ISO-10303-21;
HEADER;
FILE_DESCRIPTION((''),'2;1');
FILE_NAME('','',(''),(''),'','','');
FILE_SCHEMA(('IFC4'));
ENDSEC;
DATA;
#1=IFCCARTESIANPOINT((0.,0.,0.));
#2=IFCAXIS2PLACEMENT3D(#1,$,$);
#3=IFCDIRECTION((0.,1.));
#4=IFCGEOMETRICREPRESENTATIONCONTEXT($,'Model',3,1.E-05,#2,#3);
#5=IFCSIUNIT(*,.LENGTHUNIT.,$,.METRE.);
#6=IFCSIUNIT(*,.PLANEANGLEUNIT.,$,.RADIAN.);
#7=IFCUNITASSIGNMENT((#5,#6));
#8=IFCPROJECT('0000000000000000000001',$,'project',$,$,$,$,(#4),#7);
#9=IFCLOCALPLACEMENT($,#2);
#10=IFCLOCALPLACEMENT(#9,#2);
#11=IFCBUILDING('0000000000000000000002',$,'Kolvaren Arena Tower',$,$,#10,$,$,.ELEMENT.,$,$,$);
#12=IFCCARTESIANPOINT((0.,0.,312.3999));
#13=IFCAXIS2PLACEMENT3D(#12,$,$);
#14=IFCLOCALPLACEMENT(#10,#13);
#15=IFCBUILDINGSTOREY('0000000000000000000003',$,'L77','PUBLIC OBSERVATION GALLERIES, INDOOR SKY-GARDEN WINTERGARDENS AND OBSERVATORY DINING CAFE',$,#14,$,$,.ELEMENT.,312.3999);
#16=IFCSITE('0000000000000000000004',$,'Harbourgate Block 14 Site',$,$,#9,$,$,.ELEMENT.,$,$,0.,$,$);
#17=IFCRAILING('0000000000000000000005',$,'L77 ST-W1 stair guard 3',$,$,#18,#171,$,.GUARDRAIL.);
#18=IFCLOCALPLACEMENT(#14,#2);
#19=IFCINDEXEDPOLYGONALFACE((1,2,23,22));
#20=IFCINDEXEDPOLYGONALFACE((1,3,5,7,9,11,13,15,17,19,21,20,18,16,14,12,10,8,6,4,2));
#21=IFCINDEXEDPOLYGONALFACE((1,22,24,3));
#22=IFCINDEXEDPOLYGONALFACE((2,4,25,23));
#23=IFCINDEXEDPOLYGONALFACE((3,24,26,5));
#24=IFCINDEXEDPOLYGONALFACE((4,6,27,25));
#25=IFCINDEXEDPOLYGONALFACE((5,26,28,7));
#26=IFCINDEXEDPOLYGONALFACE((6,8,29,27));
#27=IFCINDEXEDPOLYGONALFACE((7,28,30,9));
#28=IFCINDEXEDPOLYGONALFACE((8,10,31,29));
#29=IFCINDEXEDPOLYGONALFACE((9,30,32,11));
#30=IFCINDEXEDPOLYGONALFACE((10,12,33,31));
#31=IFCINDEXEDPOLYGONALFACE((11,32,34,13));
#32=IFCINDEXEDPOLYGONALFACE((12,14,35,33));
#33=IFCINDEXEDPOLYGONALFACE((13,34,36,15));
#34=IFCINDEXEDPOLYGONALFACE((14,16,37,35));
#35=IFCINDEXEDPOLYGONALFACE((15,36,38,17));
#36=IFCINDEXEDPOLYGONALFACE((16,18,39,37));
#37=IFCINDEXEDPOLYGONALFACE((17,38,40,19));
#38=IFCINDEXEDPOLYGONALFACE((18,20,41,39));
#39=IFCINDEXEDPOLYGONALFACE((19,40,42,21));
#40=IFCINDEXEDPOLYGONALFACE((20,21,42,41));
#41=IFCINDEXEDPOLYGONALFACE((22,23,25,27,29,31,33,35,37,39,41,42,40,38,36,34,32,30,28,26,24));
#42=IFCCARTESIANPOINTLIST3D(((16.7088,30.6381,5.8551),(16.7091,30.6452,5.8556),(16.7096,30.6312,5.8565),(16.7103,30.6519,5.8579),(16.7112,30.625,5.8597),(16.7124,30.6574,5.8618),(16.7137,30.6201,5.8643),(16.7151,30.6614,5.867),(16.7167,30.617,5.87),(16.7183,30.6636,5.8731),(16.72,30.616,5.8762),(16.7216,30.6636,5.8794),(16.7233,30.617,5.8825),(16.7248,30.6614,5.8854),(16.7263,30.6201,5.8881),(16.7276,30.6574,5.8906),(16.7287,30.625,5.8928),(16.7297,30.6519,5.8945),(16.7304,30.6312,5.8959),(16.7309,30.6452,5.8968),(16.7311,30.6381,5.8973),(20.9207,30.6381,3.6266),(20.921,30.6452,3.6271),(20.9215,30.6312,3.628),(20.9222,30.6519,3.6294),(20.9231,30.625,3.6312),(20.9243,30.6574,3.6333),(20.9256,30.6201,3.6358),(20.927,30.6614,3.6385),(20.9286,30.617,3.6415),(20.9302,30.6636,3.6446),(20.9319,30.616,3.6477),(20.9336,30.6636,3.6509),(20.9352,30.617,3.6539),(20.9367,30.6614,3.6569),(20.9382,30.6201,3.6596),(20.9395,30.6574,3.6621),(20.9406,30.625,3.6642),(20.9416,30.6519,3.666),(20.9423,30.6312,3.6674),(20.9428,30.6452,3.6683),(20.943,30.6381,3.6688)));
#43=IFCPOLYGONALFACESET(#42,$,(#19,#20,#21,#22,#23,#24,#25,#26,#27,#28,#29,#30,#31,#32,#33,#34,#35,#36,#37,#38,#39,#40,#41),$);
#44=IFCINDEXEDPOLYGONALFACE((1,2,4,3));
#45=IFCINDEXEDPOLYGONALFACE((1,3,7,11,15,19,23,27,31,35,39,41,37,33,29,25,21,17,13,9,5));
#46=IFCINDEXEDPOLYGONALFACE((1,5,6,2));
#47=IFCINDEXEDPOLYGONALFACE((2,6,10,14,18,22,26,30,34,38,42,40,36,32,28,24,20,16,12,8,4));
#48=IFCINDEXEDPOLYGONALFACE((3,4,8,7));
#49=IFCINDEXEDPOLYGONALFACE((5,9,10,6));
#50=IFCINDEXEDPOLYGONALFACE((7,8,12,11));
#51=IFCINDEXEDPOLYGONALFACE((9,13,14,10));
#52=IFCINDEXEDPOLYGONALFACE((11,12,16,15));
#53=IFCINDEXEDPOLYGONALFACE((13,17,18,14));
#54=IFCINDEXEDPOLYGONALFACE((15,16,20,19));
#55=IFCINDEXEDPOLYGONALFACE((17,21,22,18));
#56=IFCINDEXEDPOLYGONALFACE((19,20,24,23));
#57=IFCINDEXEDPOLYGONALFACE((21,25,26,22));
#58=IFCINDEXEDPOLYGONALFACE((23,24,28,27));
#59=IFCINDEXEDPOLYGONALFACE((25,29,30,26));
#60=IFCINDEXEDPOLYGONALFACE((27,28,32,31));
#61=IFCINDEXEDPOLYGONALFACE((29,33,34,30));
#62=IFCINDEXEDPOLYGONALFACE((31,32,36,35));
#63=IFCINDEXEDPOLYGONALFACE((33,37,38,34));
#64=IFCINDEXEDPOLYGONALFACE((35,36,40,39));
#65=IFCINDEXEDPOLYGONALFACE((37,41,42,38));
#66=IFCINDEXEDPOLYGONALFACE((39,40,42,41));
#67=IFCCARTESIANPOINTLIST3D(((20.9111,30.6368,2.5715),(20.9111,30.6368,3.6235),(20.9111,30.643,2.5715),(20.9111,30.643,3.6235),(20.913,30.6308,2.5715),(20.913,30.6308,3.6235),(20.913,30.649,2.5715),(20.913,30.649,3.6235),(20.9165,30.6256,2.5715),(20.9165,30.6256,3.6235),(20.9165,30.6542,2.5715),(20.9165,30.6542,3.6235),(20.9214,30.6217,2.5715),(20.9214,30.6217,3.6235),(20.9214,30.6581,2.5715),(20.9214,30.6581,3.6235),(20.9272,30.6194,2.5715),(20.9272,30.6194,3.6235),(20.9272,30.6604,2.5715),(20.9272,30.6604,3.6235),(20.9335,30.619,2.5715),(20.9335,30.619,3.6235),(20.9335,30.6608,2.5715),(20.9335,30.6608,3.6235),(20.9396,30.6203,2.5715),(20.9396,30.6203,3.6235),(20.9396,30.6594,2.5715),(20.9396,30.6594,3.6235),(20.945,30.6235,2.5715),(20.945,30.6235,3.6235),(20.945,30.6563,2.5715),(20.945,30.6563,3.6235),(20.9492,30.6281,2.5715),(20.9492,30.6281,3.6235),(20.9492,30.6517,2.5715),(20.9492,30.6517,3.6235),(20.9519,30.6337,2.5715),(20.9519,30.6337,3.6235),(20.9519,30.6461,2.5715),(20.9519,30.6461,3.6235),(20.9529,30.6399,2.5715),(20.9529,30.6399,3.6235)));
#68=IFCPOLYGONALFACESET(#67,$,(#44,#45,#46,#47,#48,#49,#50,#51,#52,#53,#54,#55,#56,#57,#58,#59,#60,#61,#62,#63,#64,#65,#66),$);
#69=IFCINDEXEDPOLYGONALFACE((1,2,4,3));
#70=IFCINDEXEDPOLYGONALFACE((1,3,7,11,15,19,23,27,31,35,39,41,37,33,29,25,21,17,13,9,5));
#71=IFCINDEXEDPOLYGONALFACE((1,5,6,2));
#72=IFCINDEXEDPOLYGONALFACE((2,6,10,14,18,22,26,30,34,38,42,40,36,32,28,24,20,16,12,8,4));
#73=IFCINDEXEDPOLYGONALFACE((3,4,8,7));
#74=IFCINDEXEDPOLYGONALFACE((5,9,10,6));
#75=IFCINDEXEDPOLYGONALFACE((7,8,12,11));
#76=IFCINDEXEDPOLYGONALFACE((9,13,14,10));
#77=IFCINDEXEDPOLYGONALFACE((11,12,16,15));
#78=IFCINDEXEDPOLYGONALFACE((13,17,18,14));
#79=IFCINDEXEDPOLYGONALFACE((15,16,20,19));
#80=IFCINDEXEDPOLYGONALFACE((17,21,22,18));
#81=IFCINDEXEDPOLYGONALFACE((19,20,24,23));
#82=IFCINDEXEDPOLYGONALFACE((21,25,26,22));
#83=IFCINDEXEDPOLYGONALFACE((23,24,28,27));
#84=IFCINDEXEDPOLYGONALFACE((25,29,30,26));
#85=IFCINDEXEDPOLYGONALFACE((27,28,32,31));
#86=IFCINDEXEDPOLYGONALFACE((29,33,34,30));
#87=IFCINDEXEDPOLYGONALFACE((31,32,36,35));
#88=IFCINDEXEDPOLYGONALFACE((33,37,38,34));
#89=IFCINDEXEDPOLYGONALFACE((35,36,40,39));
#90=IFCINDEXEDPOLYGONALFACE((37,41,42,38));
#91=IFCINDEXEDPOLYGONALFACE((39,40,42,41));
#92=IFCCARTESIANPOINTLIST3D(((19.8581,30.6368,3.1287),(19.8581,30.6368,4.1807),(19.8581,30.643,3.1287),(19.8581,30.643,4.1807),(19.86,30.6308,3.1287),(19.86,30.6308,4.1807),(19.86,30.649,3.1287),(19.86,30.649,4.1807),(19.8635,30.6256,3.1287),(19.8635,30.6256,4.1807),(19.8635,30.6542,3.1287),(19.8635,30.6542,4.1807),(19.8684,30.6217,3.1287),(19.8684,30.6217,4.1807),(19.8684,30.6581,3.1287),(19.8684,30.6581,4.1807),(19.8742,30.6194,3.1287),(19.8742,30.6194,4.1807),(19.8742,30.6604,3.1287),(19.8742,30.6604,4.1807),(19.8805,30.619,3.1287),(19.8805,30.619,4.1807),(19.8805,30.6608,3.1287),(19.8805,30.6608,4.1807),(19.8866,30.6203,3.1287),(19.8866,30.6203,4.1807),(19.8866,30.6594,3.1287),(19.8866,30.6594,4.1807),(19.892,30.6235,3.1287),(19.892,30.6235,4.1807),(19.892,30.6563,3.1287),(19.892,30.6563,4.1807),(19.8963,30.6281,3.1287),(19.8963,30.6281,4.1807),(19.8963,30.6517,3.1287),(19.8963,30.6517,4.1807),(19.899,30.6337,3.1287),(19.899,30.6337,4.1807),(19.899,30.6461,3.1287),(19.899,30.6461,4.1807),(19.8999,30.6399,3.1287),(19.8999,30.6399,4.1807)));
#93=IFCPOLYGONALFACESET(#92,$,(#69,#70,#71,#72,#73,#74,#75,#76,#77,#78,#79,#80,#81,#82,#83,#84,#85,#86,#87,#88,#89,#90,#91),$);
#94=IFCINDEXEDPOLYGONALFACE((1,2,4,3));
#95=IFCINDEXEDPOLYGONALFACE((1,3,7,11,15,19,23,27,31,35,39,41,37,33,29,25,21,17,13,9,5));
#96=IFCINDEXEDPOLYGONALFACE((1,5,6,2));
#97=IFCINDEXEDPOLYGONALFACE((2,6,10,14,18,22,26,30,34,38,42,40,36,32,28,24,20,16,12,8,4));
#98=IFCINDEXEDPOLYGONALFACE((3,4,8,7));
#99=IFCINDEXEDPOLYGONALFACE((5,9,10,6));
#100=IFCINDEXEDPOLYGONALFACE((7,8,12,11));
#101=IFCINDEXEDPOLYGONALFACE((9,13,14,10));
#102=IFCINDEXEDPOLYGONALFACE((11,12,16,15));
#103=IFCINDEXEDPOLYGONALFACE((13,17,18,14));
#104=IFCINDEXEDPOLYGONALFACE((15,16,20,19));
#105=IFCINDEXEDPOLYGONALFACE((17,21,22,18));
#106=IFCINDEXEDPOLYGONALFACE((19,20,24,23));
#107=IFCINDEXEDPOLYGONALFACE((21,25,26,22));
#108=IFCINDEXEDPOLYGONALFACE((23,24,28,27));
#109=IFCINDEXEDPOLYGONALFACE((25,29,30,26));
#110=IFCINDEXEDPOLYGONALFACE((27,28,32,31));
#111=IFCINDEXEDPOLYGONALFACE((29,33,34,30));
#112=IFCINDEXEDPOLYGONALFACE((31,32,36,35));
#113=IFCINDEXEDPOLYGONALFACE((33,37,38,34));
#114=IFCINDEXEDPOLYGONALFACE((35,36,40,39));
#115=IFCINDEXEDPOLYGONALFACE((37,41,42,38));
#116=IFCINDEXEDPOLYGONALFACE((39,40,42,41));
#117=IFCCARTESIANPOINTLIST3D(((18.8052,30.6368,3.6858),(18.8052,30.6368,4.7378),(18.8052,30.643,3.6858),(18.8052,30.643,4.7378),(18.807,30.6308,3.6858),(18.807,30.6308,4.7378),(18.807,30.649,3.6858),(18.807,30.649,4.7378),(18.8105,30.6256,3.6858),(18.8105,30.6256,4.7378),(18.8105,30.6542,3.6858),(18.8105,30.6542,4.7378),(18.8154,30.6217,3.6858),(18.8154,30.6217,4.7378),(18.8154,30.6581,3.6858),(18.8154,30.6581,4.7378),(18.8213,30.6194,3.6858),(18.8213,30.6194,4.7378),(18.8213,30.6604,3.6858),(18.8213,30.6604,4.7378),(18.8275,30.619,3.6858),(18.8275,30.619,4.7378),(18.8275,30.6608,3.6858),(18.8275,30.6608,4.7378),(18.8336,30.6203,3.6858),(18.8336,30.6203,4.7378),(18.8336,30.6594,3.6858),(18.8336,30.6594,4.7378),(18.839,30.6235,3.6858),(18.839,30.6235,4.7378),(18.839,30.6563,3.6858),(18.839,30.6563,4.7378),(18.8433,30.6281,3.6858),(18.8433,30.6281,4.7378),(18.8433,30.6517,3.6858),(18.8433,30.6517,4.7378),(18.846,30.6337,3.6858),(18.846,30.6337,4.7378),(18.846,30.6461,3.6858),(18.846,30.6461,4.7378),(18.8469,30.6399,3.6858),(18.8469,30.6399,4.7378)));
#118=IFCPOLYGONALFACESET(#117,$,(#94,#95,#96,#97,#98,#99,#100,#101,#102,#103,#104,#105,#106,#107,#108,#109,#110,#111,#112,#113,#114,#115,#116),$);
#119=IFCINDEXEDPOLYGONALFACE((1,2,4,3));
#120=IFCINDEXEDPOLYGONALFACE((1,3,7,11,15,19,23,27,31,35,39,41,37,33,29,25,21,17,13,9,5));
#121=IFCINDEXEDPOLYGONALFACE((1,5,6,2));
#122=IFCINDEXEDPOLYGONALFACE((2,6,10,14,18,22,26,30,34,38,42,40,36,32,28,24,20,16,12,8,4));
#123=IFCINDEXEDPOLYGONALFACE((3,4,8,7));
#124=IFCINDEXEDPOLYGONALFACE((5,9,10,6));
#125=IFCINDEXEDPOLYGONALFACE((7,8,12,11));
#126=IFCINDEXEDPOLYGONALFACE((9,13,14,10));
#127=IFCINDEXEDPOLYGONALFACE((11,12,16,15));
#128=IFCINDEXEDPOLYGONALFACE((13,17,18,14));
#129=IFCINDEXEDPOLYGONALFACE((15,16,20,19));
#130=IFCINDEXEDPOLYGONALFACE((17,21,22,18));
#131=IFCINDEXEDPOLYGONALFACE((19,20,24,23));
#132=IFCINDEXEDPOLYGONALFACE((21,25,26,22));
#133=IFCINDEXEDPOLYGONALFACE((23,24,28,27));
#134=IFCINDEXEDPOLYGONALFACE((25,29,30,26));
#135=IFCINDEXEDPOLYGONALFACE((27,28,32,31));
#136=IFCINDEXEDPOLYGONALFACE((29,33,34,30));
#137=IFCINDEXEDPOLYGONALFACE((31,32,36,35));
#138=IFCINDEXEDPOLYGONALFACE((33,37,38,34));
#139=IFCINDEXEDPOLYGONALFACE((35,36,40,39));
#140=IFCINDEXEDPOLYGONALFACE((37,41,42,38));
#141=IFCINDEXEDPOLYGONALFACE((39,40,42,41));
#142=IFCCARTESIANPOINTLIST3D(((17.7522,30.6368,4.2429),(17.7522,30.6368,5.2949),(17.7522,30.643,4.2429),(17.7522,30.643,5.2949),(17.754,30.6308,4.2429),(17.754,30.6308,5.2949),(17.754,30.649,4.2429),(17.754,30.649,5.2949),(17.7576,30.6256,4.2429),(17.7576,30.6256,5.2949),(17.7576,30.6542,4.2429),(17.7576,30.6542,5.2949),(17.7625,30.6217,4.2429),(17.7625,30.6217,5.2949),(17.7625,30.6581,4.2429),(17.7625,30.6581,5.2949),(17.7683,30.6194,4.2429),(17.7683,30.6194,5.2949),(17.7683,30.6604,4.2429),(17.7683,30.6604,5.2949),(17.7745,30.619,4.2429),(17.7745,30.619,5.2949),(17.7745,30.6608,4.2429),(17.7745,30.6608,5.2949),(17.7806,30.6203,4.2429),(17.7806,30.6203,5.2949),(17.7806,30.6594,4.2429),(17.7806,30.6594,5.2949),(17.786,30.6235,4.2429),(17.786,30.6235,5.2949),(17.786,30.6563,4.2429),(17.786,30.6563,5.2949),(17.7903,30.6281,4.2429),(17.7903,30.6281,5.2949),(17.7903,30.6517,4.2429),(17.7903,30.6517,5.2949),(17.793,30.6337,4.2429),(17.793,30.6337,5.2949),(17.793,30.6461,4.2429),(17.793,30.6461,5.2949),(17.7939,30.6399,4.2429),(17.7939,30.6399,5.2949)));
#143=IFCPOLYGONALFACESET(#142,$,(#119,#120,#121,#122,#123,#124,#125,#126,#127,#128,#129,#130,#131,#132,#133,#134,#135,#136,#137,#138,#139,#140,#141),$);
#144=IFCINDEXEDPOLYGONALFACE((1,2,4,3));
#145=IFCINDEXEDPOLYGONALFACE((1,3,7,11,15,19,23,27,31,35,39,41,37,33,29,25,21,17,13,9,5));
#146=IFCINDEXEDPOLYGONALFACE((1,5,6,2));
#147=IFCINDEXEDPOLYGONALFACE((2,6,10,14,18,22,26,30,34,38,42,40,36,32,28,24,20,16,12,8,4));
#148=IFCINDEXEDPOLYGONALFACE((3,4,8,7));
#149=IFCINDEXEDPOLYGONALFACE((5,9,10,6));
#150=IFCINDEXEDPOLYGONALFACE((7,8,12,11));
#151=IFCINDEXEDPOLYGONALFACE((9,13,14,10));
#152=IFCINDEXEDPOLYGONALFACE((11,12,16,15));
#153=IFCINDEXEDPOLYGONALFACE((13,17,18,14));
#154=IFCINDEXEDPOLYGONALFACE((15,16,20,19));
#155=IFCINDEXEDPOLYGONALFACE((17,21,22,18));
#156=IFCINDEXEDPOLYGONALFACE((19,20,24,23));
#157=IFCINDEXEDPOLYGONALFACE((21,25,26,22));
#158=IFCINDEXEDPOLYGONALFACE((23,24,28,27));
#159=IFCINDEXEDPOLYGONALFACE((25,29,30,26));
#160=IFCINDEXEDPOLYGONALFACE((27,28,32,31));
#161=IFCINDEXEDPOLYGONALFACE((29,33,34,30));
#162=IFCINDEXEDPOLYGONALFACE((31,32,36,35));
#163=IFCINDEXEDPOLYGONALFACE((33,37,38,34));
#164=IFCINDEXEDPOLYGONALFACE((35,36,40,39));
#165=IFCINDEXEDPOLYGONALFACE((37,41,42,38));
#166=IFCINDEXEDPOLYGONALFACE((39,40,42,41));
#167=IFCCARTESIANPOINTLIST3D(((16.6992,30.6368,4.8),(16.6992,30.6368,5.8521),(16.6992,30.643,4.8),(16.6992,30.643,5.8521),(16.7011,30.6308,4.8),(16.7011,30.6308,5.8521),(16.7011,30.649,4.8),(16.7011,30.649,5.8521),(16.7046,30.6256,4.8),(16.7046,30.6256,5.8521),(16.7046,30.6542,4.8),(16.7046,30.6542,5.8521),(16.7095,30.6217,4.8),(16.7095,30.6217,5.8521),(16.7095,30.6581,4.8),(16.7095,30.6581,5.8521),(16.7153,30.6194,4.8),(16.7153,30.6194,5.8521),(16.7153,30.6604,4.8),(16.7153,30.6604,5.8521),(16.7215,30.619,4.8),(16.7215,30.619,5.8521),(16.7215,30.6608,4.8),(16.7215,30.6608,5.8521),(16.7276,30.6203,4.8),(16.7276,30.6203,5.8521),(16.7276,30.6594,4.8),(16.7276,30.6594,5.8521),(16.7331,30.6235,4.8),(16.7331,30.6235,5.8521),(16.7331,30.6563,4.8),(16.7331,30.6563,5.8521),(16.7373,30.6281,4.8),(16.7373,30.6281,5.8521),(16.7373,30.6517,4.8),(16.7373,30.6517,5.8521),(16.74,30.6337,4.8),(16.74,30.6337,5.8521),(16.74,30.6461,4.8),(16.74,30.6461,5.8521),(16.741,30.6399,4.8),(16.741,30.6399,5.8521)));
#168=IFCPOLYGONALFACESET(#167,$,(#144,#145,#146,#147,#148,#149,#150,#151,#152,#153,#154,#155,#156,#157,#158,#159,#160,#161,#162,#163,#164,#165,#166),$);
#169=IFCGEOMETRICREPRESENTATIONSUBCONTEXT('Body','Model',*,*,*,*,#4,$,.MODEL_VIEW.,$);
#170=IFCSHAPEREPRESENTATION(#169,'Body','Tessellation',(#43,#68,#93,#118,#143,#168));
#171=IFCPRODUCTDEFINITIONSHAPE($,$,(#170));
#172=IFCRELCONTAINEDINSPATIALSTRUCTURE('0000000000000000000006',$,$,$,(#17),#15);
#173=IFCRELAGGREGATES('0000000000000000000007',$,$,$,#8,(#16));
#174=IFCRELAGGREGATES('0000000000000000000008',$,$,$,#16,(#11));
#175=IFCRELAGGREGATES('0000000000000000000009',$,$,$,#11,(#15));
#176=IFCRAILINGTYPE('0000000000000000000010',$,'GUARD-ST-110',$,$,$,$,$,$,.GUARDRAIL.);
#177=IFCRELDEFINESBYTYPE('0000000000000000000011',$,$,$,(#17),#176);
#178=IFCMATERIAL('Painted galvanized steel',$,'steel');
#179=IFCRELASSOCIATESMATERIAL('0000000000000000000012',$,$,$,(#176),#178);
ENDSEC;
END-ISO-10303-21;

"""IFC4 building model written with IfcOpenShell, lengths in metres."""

from ifc_helpers import new_model, si_unit, direction, frame, origin, origin_2d, place, context, subcontext, project, spatial, circle, extrude, material, type_object, element, save


model = new_model("IFC4")

# Units and contexts
model_context = context("Model", 3, precision=1e-05, world=origin(), true_north=direction((0.0, 1.0)))
body_context = subcontext(model_context, "Body", "Model", "MODEL_VIEW")
ifc_project = project(units=[si_unit("LENGTHUNIT", "METRE"), si_unit("PLANEANGLEUNIT", "RADIAN")], contexts=[model_context])

# Site, building, storey
site_placement = place(None, origin())
site = spatial("IfcSite", under=ifc_project, at=site_placement, Name="Harbourgate Block 14 Site", CompositionType="ELEMENT", RefElevation=0.0)
building_placement = place(site_placement, origin())
building = spatial("IfcBuilding", under=site, at=building_placement, Name="Kolvaren Arena Tower", CompositionType="ELEMENT")
storey_placement = place(building_placement, frame((0.0, 0.0, 312.3999)))
storey = spatial("IfcBuildingStorey", under=building, at=storey_placement, Name="L77", Description="PUBLIC OBSERVATION GALLERIES, INDOOR SKY-GARDEN WINTERGARDENS AND OBSERVATORY DINING CAFE", CompositionType="ELEMENT", Elevation=312.3999)

# Railing
ifc_material_1 = material(Name="Painted galvanized steel", Category="steel")
railing_type_1 = type_object("IfcRailingType", Name="GUARD-ST-110", PredefinedType="GUARDRAIL", material=ifc_material_1)
railing_1_placement = place(storey_placement, frame((20.9319, 30.6399, 2.5715)))
element("IfcRailing", 1, at=railing_1_placement, inside=storey, type_object=railing_type_1, Name="L77 ST-W1 stair guard 3", PredefinedType="GUARDRAIL", context=body_context, shape_type="SweptSolid", body=[
    extrude(circle(Radius=0.0239, at=origin_2d()), frame((0.0, 0.0, 1.0762), z_axis=(-0.883903, 0.0, 0.467671), x_axis=(0.0, -1.0, 0.0)), (0.0, 0.0, 1.0), 4.7651),
    extrude(circle(Radius=0.021, at=origin_2d()), origin(), (0.0, 0.0, 1.0), 1.052),
    extrude(circle(Radius=0.021, at=origin_2d()), frame((-1.053, 0.0, 0.5571)), (0.0, 0.0, 1.0), 1.052),
    extrude(circle(Radius=0.021, at=origin_2d()), frame((-2.106, 0.0, 1.1143)), (0.0, 0.0, 1.0), 1.052),
    extrude(circle(Radius=0.021, at=origin_2d()), frame((-3.1589, 0.0, 1.6714)), (0.0, 0.0, 1.0), 1.052),
    extrude(circle(Radius=0.021, at=origin_2d()), frame((-4.2119, 0.0, 2.2285)), (0.0, 0.0, 1.0), 1.052),
])

save(model, "model.ifc")
